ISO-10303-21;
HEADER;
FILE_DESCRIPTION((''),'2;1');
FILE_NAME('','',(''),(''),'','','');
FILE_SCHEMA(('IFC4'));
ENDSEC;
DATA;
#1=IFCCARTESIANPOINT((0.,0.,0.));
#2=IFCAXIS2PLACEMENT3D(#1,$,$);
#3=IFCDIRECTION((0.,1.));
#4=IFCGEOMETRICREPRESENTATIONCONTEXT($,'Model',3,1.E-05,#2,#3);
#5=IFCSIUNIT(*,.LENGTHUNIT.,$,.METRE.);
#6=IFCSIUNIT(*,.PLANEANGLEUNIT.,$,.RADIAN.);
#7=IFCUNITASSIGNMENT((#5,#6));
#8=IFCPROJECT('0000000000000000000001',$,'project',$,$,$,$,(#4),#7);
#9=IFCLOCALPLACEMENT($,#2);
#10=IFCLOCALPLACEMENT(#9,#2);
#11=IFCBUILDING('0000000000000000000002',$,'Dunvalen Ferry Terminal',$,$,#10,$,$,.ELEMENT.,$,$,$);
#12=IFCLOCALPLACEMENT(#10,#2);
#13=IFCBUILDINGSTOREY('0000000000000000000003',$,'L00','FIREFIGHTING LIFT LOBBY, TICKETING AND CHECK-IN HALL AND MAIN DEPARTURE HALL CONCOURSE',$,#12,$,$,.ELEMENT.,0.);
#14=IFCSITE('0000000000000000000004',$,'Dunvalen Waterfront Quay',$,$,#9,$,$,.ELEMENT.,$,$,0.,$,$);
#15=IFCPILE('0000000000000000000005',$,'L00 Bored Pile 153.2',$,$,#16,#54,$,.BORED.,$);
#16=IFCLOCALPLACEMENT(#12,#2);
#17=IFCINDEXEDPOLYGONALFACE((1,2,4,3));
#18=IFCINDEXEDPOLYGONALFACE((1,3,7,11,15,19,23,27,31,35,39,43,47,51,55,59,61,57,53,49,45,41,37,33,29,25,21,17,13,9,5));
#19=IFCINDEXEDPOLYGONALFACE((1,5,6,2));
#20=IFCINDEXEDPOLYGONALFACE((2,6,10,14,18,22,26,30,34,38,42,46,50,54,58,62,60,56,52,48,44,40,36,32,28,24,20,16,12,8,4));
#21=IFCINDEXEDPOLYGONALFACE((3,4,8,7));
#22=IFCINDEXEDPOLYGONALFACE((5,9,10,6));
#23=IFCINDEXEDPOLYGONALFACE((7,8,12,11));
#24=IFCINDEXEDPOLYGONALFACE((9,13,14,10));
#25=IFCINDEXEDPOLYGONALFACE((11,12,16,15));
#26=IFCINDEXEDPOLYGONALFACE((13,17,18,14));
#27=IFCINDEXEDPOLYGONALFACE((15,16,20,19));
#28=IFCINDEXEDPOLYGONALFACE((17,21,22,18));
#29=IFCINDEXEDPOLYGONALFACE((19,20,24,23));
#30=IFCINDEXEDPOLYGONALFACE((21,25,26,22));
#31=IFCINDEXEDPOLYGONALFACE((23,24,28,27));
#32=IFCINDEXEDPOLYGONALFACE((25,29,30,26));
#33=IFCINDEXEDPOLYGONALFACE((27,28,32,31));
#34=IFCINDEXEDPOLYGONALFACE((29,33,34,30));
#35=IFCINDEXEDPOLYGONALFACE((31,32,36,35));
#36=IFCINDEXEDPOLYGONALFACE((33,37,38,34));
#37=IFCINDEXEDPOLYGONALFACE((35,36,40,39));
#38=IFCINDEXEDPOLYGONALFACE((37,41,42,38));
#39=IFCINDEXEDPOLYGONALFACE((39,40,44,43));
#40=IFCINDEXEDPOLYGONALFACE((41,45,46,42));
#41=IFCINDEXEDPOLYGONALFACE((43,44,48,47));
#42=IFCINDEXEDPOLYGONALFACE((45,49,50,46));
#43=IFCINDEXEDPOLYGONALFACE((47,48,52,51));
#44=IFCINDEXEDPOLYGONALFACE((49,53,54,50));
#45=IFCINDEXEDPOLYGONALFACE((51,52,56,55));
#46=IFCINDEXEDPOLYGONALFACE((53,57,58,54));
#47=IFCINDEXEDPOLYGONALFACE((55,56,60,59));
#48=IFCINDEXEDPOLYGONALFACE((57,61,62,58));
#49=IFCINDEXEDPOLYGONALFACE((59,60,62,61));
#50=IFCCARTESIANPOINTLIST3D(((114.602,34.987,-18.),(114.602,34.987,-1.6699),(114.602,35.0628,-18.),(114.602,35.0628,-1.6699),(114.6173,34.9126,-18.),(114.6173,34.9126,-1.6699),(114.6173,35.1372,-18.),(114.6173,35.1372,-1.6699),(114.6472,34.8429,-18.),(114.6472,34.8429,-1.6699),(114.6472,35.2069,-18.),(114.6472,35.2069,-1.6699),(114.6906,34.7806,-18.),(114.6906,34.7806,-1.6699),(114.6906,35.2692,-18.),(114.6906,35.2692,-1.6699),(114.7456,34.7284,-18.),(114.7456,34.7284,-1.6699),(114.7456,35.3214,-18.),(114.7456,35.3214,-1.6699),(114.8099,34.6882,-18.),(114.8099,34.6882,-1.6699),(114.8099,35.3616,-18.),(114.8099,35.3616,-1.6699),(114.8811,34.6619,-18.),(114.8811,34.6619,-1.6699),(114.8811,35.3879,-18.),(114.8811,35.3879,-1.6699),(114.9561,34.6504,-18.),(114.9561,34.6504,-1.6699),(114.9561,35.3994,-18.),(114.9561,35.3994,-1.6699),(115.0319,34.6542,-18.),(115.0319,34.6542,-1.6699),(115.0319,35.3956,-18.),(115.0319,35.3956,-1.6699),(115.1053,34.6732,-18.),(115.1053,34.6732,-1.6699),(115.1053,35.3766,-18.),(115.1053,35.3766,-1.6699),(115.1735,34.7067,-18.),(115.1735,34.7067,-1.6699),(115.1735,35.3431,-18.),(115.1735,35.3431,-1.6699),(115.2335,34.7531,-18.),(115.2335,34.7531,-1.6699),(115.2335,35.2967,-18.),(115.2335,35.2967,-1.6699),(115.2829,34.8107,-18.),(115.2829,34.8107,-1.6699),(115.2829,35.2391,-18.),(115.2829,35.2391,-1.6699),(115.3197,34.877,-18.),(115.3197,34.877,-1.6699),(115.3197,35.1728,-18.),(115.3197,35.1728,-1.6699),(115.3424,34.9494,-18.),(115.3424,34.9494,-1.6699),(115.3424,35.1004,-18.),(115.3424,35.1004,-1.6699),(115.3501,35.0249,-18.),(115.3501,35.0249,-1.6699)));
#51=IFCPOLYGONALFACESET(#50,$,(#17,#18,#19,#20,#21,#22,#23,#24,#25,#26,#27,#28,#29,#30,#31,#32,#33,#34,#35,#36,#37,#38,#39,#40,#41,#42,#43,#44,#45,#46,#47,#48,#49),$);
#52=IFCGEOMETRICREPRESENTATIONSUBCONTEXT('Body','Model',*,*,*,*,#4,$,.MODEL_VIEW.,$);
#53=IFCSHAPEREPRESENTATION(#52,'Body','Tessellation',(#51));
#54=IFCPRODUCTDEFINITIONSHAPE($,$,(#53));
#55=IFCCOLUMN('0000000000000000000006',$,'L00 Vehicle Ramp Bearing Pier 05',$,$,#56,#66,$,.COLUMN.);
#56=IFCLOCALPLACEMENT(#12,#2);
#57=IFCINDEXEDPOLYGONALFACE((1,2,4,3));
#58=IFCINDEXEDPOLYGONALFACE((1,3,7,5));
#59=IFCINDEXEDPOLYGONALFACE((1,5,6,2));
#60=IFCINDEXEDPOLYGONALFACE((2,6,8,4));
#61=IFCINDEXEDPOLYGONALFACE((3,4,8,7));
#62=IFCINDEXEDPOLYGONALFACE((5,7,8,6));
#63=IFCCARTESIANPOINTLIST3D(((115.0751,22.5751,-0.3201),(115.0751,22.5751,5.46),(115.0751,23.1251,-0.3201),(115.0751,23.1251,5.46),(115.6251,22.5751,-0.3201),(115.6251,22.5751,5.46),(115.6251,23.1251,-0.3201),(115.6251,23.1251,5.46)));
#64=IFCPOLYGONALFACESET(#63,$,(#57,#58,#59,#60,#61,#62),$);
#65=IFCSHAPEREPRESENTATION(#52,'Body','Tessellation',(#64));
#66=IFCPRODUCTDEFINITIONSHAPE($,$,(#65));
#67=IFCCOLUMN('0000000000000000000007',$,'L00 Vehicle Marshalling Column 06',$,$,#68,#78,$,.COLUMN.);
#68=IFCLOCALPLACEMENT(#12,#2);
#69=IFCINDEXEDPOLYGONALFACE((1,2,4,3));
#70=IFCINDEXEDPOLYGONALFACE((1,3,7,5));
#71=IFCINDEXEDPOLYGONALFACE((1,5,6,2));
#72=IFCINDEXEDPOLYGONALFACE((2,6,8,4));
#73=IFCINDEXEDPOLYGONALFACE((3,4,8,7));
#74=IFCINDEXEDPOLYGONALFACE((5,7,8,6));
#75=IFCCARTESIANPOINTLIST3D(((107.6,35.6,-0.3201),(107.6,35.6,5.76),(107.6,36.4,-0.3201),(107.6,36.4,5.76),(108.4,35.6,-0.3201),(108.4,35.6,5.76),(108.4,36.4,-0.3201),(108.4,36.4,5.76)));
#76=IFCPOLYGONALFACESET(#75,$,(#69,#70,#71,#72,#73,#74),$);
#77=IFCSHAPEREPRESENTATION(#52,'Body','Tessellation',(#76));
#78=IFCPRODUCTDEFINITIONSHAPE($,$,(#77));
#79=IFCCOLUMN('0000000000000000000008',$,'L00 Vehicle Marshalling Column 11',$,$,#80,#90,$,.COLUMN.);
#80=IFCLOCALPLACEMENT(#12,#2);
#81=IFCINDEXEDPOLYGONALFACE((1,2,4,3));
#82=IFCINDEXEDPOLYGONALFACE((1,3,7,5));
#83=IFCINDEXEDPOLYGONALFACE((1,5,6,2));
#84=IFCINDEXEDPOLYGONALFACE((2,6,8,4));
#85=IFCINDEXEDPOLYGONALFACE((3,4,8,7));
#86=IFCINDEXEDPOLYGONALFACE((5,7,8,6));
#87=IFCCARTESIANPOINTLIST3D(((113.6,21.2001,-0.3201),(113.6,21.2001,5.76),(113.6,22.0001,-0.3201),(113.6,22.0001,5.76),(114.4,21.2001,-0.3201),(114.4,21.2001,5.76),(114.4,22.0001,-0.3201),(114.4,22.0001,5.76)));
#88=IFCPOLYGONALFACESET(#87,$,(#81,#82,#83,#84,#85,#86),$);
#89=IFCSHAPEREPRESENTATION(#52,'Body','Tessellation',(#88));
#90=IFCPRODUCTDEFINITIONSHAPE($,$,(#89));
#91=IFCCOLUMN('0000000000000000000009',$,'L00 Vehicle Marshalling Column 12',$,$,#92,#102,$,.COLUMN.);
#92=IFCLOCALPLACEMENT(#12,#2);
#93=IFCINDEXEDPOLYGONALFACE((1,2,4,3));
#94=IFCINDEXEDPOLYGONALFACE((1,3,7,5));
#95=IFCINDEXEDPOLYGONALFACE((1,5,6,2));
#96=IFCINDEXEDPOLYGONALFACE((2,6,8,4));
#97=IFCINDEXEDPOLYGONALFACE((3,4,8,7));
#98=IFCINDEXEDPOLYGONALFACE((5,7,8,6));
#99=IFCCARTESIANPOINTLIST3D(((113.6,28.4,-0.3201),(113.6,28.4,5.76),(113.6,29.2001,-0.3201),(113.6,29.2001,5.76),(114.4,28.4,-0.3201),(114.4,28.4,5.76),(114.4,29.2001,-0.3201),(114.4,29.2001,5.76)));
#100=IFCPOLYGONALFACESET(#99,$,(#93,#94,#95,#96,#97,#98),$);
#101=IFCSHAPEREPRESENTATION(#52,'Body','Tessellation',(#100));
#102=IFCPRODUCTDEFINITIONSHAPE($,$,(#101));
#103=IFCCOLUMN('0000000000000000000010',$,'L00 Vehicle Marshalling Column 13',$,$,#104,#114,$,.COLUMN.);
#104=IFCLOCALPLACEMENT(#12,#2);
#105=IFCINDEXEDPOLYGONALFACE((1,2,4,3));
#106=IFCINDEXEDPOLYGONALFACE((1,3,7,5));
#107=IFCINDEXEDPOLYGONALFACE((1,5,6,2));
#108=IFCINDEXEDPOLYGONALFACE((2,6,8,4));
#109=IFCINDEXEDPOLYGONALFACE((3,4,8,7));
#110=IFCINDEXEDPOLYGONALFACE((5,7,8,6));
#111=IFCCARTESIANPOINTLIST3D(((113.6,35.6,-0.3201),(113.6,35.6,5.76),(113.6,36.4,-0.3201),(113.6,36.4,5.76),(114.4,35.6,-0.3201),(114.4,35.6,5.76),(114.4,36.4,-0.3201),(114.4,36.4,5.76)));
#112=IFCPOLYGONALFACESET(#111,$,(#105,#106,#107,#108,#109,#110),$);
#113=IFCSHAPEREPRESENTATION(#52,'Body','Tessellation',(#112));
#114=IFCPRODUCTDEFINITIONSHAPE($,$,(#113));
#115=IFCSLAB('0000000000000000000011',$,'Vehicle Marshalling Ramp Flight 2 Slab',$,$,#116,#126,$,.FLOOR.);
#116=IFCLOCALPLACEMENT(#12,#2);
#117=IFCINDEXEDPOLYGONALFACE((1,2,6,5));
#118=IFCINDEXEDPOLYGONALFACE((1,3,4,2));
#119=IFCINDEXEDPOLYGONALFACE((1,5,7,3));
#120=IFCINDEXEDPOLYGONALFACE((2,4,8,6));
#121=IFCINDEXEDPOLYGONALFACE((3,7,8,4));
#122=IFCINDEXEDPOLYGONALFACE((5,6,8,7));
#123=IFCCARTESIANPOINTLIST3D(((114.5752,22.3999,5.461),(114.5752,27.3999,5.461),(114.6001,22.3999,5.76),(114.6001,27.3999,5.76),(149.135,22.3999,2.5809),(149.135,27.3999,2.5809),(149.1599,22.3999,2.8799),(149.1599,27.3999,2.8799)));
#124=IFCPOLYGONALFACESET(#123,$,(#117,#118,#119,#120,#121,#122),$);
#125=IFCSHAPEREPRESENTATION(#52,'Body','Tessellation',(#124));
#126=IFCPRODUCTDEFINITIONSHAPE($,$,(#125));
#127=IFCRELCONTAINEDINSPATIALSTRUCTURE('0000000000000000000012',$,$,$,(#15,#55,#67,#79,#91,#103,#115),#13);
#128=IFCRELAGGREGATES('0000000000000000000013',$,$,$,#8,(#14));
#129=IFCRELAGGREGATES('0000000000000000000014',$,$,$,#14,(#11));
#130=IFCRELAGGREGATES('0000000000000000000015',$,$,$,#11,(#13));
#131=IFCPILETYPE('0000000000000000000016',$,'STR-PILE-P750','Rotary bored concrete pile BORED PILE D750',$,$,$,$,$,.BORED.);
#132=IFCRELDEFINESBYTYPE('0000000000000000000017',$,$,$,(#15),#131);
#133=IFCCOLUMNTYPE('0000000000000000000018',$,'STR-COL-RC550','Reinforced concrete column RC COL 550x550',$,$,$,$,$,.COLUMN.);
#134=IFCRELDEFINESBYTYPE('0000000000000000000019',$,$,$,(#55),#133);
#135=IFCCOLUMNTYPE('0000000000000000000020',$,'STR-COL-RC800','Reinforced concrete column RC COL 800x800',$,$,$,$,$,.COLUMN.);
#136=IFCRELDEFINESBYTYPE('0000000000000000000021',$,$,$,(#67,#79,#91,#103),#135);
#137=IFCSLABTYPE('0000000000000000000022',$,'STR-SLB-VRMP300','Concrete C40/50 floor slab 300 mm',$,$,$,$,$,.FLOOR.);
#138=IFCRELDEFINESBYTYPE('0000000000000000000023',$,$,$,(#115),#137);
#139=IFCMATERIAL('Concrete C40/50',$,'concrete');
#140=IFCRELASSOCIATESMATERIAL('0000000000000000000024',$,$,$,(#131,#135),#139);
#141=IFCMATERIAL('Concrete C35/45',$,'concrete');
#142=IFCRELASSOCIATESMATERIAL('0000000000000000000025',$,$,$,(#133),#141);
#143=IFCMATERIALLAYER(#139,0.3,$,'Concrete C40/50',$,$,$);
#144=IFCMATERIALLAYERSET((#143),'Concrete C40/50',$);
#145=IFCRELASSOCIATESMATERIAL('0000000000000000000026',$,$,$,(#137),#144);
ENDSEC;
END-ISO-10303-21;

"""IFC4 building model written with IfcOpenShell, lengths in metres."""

from ifc_helpers import new_model, si_unit, direction, frame, origin, origin_2d, place, context, subcontext, project, spatial, polyline, rectangle, circle, outline, extrude, material, layer, layer_set, material_profile, profile_set, type_object, element, save


model = new_model("IFC4")

# Units and contexts
model_context = context("Model", 3, precision=1e-05, world=origin(), true_north=direction((0.0, 1.0)))
body_context = subcontext(model_context, "Body", "Model", "MODEL_VIEW")
ifc_project = project(units=[si_unit("LENGTHUNIT", "METRE"), si_unit("PLANEANGLEUNIT", "RADIAN")], contexts=[model_context])

# Site, building, storey
site_placement = place(None, origin())
site = spatial("IfcSite", under=ifc_project, at=site_placement, Name="Dunvalen Waterfront Quay", CompositionType="ELEMENT", RefElevation=0.0)
building_placement = place(site_placement, origin())
building = spatial("IfcBuilding", under=site, at=building_placement, Name="Dunvalen Ferry Terminal", CompositionType="ELEMENT")
storey_placement = place(building_placement, origin())
storey = spatial("IfcBuildingStorey", under=building, at=storey_placement, Name="L00", Description="FIREFIGHTING LIFT LOBBY, TICKETING AND CHECK-IN HALL AND MAIN DEPARTURE HALL CONCOURSE", CompositionType="ELEMENT", Elevation=0.0)

# Shared definitions
ifc_material_1 = material(Name="Concrete C40/50", Category="concrete")

# Pile
ifc_material_profile_1 = material_profile(ifc_material_1, circle(Radius=0.375, at=origin_2d()), Name="Concrete C40/50")
ifc_profile_set_1 = profile_set([ifc_material_profile_1], Name="Concrete C40/50")
pile_type = type_object("IfcPileType", Name="STR-PILE-P750", Description="Rotary bored concrete pile BORED PILE D750", PredefinedType="BORED", material=ifc_profile_set_1)
for number, where, z_axis, x_axis, name in (
    (1, (114.9751, 35.0249, -1.6699), (0.0, 0.0, -1.0), (1.0, 0.0, 0.0), "L00 Bored Pile 153.2"),
):
    element("IfcPile", number, at=place(storey_placement, frame(where, z_axis=z_axis, x_axis=x_axis)), inside=storey, type_object=pile_type, Name=name, PredefinedType="BORED", context=body_context, shape_type="SweptSolid", body=[
        extrude(circle(Radius=0.375, at=origin_2d()), origin(), (0.0, 0.0, 1.0), 16.3301),
    ])

# Columns
ifc_material_2 = material(Name="Concrete C35/45", Category="concrete")
ifc_material_profile_2 = material_profile(ifc_material_2, rectangle(XDim=0.55, YDim=0.55, at=origin_2d()), Name="Concrete C35/45")
ifc_profile_set_2 = profile_set([ifc_material_profile_2], Name="Concrete C35/45")
column_type_1 = type_object("IfcColumnType", Name="STR-COL-RC550", Description="Reinforced concrete column RC COL 550x550", PredefinedType="COLUMN", material=ifc_profile_set_2)
column_placement = place(storey_placement, frame((115.3501, 22.8501, -0.3201), z_axis=(0.0, 0.0, 1.0), x_axis=(1.0, 0.0, 0.0)))
element("IfcColumn", 2, at=column_placement, inside=storey, type_object=column_type_1, Name="L00 Vehicle Ramp Bearing Pier 05", PredefinedType="COLUMN", context=body_context, shape_type="SweptSolid", body=[
    extrude(rectangle(XDim=0.55, YDim=0.55, at=origin_2d()), origin(), (0.0, 0.0, 1.0), 5.78),
])
ifc_material_profile_3 = material_profile(ifc_material_1, rectangle(XDim=0.8, YDim=0.8, at=origin_2d()), Name="Concrete C40/50")
ifc_profile_set_3 = profile_set([ifc_material_profile_3], Name="Concrete C40/50")
column_type_2 = type_object("IfcColumnType", Name="STR-COL-RC800", Description="Reinforced concrete column RC COL 800x800", PredefinedType="COLUMN", material=ifc_profile_set_3)
for number, where, z_axis, x_axis, name in (
    (3, (108.0, 36.0, -0.3201), (0.0, 0.0, 1.0), (1.0, 0.0, 0.0), "L00 Vehicle Marshalling Column 06"),
    (4, (114.0, 21.6001, -0.3201), (0.0, 0.0, 1.0), (1.0, 0.0, 0.0), "L00 Vehicle Marshalling Column 11"),
    (5, (114.0, 28.8, -0.3201), (0.0, 0.0, 1.0), (1.0, 0.0, 0.0), "L00 Vehicle Marshalling Column 12"),
    (6, (114.0, 36.0, -0.3201), (0.0, 0.0, 1.0), (1.0, 0.0, 0.0), "L00 Vehicle Marshalling Column 13"),
):
    element("IfcColumn", number, at=place(storey_placement, frame(where, z_axis=z_axis, x_axis=x_axis)), inside=storey, type_object=column_type_2, Name=name, PredefinedType="COLUMN", context=body_context, shape_type="SweptSolid", body=[
        extrude(rectangle(XDim=0.8, YDim=0.8, at=origin_2d()), origin(), (0.0, 0.0, 1.0), 6.0801),
    ])

# Slab
ifc_layer = layer(ifc_material_1, 0.3, Name="Concrete C40/50")
ifc_layer_set = layer_set([ifc_layer], Name="Concrete C40/50")
slab_type = type_object("IfcSlabType", Name="STR-SLB-VRMP300", Description="Concrete C40/50 floor slab 300 mm", PredefinedType="FLOOR", material=ifc_layer_set)
slab_placement = place(storey_placement, frame((114.6001, 22.3999, 5.76), z_axis=(0.08305, 0.0, 0.996545), x_axis=(0.996545, 0.0, -0.08305)))
element("IfcSlab", 7, at=slab_placement, inside=storey, type_object=slab_type, Name="Vehicle Marshalling Ramp Flight 2 Slab", PredefinedType="FLOOR", context=body_context, shape_type="SweptSolid", body=[
    extrude(outline(polyline([(0.0, 0.0), (34.6796, 0.0), (34.6796, 5.0), (0.0, 5.0), (0.0, 0.0)])), origin(), (0.0, 0.0, -1.0), 0.3),
])

save(model, "model.ifc")
